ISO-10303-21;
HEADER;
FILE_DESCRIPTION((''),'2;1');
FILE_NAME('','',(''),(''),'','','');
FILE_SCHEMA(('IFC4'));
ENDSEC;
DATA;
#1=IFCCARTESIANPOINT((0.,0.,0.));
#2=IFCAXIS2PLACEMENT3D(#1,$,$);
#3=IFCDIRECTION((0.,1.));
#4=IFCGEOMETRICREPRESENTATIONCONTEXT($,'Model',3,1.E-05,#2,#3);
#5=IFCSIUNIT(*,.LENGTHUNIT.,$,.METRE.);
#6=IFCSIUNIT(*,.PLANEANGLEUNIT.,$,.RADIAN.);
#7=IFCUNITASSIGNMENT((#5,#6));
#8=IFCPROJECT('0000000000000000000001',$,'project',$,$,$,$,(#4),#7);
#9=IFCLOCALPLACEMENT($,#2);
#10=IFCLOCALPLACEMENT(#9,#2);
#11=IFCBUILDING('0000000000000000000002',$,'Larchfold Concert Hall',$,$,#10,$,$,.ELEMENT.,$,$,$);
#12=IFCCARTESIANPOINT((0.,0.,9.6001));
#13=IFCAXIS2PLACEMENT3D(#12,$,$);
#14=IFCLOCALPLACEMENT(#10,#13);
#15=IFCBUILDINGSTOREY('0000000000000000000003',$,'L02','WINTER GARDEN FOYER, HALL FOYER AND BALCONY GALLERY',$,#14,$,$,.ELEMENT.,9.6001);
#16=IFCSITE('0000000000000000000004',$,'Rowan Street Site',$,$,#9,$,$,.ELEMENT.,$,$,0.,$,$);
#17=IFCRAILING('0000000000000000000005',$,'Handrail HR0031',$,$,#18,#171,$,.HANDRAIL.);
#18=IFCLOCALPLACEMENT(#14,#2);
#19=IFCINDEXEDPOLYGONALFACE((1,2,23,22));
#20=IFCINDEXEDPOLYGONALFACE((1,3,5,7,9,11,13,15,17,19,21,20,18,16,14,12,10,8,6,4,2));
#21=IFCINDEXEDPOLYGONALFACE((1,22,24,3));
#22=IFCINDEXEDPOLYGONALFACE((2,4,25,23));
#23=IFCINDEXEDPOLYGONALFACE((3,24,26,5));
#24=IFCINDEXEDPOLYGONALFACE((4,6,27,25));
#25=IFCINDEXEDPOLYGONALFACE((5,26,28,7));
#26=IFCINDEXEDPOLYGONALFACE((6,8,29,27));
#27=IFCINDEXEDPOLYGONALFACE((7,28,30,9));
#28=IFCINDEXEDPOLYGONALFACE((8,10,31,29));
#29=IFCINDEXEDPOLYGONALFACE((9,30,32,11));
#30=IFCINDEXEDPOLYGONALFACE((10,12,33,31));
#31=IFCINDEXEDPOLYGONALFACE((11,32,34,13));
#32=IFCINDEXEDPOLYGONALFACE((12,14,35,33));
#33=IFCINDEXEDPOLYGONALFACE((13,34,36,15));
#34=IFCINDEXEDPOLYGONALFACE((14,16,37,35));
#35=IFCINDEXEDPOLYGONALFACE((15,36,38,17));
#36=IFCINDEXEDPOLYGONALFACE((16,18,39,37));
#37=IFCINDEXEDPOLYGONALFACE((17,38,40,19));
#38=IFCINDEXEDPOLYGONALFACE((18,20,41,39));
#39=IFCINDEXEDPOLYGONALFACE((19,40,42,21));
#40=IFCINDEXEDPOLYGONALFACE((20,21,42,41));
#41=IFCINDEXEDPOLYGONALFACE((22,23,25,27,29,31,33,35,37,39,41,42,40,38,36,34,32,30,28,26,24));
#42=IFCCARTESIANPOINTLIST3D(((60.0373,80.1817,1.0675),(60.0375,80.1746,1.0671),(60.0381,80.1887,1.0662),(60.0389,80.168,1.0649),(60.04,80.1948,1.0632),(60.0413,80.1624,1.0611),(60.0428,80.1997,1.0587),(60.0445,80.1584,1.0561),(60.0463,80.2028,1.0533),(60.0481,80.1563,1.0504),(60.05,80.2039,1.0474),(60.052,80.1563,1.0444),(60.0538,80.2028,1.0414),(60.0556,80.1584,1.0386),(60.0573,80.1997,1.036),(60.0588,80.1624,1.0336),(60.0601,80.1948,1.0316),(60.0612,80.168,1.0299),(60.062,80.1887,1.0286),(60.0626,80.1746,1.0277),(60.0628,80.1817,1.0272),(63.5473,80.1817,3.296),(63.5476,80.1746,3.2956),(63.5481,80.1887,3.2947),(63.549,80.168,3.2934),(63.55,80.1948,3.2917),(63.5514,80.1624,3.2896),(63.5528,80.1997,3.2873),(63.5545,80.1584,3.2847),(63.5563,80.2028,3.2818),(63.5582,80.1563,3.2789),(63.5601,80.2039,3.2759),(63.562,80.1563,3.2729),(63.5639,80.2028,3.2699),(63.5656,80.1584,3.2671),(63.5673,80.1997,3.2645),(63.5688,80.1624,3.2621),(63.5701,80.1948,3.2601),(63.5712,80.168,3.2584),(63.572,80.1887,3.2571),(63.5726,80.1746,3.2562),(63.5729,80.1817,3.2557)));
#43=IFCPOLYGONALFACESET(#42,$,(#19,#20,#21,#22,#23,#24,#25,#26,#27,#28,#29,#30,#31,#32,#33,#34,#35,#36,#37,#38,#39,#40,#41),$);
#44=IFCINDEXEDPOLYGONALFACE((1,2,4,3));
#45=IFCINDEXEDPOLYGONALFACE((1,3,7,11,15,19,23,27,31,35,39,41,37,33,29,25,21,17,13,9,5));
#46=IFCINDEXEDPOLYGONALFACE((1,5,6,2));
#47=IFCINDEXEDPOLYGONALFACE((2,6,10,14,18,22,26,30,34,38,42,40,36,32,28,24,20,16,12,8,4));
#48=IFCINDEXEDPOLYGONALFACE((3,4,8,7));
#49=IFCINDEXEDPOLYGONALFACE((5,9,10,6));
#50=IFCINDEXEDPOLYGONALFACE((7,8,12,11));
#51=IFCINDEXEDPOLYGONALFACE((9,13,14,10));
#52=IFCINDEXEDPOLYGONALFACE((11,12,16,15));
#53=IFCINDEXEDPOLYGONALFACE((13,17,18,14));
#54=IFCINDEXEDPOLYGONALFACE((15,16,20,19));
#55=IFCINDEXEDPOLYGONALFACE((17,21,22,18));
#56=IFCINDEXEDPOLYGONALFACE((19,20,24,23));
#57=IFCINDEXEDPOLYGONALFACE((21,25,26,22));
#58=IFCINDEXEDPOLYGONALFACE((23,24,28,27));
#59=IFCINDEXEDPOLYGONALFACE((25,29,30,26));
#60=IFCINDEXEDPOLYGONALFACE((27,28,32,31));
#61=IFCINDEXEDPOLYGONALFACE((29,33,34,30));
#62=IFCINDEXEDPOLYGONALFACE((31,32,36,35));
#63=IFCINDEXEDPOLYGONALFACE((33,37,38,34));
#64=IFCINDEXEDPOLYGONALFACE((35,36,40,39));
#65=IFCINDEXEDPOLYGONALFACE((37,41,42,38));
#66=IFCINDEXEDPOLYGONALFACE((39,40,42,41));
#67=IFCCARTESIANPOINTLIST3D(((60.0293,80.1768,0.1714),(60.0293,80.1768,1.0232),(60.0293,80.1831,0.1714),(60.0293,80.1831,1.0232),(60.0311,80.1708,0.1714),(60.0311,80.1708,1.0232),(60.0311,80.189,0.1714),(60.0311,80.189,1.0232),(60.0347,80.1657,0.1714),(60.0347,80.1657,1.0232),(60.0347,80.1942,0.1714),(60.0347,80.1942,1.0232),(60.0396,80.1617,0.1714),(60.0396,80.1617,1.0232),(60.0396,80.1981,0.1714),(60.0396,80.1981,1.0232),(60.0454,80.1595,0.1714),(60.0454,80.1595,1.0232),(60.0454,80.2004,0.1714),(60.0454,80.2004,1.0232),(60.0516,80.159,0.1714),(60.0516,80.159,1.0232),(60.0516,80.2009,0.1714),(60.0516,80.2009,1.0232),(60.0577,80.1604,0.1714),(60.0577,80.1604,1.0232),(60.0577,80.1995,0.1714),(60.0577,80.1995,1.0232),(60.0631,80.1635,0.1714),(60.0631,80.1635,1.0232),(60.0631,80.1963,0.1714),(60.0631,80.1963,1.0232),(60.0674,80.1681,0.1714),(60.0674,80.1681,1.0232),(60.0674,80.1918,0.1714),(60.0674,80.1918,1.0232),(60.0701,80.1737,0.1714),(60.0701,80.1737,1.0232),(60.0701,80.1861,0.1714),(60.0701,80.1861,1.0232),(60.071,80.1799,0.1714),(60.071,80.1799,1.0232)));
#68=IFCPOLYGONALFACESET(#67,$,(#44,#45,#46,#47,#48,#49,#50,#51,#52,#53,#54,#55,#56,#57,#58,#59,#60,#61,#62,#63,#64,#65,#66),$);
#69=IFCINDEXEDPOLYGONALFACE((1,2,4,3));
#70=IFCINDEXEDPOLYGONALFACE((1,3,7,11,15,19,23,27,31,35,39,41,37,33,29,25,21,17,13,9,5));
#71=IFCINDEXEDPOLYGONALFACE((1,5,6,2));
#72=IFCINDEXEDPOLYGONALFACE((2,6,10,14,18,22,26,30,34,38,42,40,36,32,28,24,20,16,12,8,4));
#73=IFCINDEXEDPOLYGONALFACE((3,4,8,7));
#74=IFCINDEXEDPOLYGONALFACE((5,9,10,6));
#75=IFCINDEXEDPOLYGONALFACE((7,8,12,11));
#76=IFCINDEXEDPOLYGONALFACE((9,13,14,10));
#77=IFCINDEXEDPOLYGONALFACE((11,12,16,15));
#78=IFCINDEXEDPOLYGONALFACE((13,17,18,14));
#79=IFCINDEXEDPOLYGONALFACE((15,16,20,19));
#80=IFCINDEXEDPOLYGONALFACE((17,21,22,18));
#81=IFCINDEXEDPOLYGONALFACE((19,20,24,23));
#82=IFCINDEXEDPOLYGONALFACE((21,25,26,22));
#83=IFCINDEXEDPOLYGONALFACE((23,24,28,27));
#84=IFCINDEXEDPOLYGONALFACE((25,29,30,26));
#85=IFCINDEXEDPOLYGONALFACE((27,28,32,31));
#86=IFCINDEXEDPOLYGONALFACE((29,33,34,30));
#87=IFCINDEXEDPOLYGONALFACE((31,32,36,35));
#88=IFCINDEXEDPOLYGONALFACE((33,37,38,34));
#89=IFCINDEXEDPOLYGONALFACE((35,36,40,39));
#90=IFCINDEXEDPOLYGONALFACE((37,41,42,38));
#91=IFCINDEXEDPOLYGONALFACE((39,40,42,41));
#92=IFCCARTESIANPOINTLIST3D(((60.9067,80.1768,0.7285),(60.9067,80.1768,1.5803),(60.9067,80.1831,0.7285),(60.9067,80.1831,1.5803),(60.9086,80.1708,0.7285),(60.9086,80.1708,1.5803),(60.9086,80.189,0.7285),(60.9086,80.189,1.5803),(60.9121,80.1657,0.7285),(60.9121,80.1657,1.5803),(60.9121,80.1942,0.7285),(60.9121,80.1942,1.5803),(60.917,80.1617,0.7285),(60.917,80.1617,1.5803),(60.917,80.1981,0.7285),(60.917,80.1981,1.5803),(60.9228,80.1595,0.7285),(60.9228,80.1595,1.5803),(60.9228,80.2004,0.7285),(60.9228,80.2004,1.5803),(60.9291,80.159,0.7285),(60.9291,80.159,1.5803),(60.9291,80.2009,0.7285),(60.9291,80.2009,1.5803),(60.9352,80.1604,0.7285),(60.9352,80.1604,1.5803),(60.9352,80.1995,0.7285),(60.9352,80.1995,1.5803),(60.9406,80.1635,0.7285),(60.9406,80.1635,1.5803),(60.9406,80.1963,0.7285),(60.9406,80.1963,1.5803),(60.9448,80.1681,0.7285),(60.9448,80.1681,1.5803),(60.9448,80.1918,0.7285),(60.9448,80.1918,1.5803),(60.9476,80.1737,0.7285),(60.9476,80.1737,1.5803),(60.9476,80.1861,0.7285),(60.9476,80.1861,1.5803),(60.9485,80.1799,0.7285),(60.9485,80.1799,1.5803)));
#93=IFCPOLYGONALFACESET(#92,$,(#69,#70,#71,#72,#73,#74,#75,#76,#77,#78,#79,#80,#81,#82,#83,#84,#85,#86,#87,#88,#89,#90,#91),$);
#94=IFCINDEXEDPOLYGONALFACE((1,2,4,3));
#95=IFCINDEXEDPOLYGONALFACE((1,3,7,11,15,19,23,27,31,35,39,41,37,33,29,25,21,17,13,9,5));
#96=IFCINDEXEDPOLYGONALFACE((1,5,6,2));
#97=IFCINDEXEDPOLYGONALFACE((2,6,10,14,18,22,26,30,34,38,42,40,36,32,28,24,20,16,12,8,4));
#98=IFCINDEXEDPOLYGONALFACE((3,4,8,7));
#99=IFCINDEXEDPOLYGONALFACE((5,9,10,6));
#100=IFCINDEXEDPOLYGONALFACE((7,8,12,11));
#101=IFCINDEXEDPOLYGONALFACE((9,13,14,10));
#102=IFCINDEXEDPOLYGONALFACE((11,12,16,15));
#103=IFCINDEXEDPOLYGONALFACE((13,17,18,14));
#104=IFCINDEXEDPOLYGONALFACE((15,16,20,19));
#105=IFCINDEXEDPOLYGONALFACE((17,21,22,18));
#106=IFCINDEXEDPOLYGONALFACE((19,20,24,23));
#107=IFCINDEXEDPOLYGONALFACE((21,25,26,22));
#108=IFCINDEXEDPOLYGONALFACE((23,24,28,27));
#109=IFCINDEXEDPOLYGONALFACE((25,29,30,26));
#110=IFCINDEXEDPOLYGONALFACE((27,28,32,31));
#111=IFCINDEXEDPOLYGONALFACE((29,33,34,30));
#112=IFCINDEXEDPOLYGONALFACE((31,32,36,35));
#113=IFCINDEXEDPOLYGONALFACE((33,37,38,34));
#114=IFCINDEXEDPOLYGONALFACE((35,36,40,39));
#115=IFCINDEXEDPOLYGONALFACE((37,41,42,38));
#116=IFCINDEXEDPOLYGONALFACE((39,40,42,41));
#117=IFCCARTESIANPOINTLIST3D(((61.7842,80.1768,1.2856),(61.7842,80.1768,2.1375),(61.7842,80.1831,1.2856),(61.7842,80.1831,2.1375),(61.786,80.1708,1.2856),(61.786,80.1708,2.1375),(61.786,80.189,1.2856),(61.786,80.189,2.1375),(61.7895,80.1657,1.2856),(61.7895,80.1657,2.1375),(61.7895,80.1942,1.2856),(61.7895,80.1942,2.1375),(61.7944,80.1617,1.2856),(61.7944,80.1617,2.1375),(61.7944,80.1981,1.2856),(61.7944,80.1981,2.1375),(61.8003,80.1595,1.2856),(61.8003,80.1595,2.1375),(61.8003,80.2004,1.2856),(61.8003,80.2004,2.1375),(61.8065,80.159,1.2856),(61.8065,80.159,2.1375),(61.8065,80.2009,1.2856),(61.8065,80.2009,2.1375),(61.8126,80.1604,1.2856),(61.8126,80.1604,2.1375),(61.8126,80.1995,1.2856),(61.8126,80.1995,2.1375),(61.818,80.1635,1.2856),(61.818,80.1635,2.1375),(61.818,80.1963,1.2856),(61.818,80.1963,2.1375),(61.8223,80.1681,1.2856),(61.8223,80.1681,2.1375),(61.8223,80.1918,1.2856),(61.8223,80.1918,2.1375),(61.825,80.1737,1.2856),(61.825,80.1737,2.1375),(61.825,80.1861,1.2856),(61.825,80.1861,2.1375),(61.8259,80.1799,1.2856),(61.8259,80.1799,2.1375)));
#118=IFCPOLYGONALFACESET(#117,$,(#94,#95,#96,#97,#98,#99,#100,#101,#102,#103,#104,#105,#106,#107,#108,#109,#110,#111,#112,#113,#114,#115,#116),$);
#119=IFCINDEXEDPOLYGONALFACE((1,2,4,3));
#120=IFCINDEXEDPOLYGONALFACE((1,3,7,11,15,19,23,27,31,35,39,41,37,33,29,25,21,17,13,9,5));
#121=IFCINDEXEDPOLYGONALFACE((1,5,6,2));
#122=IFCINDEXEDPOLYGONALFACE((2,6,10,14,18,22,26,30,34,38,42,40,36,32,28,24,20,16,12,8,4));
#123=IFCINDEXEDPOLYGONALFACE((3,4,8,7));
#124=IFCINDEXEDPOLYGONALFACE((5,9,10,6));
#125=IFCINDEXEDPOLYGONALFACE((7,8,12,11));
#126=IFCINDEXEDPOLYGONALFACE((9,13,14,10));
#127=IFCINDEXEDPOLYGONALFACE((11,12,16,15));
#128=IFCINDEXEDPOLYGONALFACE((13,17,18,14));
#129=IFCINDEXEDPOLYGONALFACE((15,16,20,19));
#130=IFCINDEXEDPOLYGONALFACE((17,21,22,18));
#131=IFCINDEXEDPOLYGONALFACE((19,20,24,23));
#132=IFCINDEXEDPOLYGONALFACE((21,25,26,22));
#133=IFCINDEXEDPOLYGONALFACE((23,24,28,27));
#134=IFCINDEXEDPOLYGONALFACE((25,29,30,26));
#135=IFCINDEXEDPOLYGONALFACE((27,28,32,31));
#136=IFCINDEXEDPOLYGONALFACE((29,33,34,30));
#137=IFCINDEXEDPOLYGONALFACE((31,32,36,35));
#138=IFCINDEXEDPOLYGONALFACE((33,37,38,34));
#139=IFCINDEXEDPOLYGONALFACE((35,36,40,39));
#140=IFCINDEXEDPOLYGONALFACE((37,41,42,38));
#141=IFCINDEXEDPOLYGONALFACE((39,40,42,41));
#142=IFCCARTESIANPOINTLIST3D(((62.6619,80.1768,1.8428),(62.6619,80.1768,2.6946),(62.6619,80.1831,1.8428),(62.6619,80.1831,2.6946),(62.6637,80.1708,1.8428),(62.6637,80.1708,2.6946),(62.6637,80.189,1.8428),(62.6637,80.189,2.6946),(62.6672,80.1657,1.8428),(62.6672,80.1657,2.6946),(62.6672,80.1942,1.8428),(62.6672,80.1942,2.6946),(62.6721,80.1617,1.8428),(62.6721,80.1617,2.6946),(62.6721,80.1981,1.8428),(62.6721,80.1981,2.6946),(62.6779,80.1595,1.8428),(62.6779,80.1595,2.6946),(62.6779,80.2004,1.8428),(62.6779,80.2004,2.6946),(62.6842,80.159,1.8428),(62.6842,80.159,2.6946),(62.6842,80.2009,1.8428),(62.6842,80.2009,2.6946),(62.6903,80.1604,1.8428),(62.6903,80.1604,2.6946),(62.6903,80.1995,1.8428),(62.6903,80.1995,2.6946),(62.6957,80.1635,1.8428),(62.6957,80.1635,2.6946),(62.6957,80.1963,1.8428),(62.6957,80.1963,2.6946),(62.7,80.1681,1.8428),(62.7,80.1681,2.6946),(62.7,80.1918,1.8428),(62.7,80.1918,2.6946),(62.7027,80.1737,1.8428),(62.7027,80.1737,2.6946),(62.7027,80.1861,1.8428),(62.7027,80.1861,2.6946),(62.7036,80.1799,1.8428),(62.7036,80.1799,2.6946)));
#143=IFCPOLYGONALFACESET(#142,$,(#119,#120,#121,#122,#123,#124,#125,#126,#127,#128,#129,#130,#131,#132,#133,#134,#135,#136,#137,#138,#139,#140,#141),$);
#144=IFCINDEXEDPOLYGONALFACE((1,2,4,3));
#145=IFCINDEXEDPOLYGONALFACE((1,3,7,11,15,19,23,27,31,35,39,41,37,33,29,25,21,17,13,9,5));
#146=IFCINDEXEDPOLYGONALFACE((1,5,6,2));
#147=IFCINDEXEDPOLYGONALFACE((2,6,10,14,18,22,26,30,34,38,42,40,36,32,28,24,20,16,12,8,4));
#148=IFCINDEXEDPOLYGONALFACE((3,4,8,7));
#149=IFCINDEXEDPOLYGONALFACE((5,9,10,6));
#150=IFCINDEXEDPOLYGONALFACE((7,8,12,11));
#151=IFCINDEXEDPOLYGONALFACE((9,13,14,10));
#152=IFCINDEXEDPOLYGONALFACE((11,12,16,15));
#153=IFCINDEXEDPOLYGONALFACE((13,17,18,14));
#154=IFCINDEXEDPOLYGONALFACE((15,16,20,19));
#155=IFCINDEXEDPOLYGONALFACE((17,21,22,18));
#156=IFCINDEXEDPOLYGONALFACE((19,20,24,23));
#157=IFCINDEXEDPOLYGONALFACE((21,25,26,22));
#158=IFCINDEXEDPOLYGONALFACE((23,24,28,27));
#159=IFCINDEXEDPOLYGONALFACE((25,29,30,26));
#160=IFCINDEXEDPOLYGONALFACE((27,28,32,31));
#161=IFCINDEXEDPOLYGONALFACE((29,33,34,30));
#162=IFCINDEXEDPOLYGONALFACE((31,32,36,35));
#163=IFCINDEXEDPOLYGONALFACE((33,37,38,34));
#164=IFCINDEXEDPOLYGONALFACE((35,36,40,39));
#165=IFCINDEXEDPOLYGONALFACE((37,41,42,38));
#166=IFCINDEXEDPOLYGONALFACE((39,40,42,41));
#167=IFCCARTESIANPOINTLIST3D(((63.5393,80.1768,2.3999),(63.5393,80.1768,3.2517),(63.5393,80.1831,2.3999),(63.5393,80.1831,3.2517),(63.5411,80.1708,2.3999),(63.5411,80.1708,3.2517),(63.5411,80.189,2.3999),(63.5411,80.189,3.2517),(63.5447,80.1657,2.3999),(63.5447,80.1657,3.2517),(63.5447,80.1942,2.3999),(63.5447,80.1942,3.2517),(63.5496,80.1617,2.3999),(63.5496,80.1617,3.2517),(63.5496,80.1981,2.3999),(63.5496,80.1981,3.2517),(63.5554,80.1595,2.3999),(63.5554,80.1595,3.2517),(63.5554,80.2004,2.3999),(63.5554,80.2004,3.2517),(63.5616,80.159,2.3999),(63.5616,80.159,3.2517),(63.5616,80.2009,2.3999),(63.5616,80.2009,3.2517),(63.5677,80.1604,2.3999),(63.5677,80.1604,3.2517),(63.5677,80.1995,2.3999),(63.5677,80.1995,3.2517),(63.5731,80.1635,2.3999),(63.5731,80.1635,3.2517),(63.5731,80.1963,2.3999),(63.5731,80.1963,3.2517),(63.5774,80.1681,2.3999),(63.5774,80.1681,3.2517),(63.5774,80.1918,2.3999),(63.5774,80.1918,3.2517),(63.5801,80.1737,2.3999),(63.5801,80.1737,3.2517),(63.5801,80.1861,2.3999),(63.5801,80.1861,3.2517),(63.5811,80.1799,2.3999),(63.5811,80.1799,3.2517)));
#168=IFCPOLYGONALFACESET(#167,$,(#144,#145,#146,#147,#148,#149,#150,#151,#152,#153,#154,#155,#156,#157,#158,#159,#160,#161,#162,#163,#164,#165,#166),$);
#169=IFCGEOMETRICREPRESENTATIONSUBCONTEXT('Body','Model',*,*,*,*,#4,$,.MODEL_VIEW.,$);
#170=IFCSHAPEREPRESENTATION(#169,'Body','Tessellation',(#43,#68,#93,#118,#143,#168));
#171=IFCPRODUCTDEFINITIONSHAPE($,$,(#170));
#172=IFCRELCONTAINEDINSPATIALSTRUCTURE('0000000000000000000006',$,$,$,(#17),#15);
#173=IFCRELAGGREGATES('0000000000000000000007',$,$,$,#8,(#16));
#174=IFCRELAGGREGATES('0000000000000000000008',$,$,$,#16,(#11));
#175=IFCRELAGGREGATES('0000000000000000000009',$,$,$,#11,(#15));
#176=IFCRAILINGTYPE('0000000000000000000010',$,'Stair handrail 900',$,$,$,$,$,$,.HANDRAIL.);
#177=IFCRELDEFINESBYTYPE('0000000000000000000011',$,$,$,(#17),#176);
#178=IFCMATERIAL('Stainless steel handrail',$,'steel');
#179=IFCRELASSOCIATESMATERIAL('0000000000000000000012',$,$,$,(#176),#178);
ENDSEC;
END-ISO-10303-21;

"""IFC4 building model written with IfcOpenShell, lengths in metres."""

from ifc_helpers import new_model, si_unit, direction, frame, origin, origin_2d, place, context, subcontext, project, spatial, circle, extrude, material, type_object, element, save


model = new_model("IFC4")

# Units and contexts
model_context = context("Model", 3, precision=1e-05, world=origin(), true_north=direction((0.0, 1.0)))
body_context = subcontext(model_context, "Body", "Model", "MODEL_VIEW")
ifc_project = project(units=[si_unit("LENGTHUNIT", "METRE"), si_unit("PLANEANGLEUNIT", "RADIAN")], contexts=[model_context])

# Site, building, storey
site_placement = place(None, origin())
site = spatial("IfcSite", under=ifc_project, at=site_placement, Name="Rowan Street Site", CompositionType="ELEMENT", RefElevation=0.0)
building_placement = place(site_placement, origin())
building = spatial("IfcBuilding", under=site, at=building_placement, Name="Larchfold Concert Hall", CompositionType="ELEMENT")
storey_placement = place(building_placement, frame((0.0, 0.0, 9.6001)))
storey = spatial("IfcBuildingStorey", under=building, at=storey_placement, Name="L02", Description="WINTER GARDEN FOYER, HALL FOYER AND BALCONY GALLERY", CompositionType="ELEMENT", Elevation=9.6001)

# Railing
ifc_material_1 = material(Name="Stainless steel handrail", Category="steel")
railing_type_1 = type_object("IfcRailingType", Name="Stair handrail 900", PredefinedType="HANDRAIL", material=ifc_material_1)
for number, where, name in (
    (1, (60.05, 80.1799, 0.1714), "Handrail HR0031"),
):
    element("IfcRailing", number, at=place(storey_placement, frame(where)), inside=storey, type_object=railing_type_1, Name=name, PredefinedType="HANDRAIL", context=body_context, shape_type="SweptSolid", body=[
        extrude(circle(Radius=0.0239, at=origin_2d()), frame((0.0, 0.0, 0.876), z_axis=(0.84422, 0.0, 0.535998), x_axis=(0.0, 1.0, 0.0)), (0.0, 0.0, 1.0), 4.1577),
        extrude(circle(Radius=0.021, at=origin_2d()), origin(), (0.0, 0.0, 1.0), 0.8518),
        extrude(circle(Radius=0.021, at=origin_2d()), frame((0.8774, 0.0, 0.5571)), (0.0, 0.0, 1.0), 0.8518),
        extrude(circle(Radius=0.021, at=origin_2d()), frame((1.7549, 0.0, 1.1143)), (0.0, 0.0, 1.0), 0.8518),
        extrude(circle(Radius=0.021, at=origin_2d()), frame((2.6326, 0.0, 1.6714)), (0.0, 0.0, 1.0), 0.8518),
        extrude(circle(Radius=0.021, at=origin_2d()), frame((3.51, 0.0, 2.2285)), (0.0, 0.0, 1.0), 0.8518),
    ])

save(model, "model.ifc")
